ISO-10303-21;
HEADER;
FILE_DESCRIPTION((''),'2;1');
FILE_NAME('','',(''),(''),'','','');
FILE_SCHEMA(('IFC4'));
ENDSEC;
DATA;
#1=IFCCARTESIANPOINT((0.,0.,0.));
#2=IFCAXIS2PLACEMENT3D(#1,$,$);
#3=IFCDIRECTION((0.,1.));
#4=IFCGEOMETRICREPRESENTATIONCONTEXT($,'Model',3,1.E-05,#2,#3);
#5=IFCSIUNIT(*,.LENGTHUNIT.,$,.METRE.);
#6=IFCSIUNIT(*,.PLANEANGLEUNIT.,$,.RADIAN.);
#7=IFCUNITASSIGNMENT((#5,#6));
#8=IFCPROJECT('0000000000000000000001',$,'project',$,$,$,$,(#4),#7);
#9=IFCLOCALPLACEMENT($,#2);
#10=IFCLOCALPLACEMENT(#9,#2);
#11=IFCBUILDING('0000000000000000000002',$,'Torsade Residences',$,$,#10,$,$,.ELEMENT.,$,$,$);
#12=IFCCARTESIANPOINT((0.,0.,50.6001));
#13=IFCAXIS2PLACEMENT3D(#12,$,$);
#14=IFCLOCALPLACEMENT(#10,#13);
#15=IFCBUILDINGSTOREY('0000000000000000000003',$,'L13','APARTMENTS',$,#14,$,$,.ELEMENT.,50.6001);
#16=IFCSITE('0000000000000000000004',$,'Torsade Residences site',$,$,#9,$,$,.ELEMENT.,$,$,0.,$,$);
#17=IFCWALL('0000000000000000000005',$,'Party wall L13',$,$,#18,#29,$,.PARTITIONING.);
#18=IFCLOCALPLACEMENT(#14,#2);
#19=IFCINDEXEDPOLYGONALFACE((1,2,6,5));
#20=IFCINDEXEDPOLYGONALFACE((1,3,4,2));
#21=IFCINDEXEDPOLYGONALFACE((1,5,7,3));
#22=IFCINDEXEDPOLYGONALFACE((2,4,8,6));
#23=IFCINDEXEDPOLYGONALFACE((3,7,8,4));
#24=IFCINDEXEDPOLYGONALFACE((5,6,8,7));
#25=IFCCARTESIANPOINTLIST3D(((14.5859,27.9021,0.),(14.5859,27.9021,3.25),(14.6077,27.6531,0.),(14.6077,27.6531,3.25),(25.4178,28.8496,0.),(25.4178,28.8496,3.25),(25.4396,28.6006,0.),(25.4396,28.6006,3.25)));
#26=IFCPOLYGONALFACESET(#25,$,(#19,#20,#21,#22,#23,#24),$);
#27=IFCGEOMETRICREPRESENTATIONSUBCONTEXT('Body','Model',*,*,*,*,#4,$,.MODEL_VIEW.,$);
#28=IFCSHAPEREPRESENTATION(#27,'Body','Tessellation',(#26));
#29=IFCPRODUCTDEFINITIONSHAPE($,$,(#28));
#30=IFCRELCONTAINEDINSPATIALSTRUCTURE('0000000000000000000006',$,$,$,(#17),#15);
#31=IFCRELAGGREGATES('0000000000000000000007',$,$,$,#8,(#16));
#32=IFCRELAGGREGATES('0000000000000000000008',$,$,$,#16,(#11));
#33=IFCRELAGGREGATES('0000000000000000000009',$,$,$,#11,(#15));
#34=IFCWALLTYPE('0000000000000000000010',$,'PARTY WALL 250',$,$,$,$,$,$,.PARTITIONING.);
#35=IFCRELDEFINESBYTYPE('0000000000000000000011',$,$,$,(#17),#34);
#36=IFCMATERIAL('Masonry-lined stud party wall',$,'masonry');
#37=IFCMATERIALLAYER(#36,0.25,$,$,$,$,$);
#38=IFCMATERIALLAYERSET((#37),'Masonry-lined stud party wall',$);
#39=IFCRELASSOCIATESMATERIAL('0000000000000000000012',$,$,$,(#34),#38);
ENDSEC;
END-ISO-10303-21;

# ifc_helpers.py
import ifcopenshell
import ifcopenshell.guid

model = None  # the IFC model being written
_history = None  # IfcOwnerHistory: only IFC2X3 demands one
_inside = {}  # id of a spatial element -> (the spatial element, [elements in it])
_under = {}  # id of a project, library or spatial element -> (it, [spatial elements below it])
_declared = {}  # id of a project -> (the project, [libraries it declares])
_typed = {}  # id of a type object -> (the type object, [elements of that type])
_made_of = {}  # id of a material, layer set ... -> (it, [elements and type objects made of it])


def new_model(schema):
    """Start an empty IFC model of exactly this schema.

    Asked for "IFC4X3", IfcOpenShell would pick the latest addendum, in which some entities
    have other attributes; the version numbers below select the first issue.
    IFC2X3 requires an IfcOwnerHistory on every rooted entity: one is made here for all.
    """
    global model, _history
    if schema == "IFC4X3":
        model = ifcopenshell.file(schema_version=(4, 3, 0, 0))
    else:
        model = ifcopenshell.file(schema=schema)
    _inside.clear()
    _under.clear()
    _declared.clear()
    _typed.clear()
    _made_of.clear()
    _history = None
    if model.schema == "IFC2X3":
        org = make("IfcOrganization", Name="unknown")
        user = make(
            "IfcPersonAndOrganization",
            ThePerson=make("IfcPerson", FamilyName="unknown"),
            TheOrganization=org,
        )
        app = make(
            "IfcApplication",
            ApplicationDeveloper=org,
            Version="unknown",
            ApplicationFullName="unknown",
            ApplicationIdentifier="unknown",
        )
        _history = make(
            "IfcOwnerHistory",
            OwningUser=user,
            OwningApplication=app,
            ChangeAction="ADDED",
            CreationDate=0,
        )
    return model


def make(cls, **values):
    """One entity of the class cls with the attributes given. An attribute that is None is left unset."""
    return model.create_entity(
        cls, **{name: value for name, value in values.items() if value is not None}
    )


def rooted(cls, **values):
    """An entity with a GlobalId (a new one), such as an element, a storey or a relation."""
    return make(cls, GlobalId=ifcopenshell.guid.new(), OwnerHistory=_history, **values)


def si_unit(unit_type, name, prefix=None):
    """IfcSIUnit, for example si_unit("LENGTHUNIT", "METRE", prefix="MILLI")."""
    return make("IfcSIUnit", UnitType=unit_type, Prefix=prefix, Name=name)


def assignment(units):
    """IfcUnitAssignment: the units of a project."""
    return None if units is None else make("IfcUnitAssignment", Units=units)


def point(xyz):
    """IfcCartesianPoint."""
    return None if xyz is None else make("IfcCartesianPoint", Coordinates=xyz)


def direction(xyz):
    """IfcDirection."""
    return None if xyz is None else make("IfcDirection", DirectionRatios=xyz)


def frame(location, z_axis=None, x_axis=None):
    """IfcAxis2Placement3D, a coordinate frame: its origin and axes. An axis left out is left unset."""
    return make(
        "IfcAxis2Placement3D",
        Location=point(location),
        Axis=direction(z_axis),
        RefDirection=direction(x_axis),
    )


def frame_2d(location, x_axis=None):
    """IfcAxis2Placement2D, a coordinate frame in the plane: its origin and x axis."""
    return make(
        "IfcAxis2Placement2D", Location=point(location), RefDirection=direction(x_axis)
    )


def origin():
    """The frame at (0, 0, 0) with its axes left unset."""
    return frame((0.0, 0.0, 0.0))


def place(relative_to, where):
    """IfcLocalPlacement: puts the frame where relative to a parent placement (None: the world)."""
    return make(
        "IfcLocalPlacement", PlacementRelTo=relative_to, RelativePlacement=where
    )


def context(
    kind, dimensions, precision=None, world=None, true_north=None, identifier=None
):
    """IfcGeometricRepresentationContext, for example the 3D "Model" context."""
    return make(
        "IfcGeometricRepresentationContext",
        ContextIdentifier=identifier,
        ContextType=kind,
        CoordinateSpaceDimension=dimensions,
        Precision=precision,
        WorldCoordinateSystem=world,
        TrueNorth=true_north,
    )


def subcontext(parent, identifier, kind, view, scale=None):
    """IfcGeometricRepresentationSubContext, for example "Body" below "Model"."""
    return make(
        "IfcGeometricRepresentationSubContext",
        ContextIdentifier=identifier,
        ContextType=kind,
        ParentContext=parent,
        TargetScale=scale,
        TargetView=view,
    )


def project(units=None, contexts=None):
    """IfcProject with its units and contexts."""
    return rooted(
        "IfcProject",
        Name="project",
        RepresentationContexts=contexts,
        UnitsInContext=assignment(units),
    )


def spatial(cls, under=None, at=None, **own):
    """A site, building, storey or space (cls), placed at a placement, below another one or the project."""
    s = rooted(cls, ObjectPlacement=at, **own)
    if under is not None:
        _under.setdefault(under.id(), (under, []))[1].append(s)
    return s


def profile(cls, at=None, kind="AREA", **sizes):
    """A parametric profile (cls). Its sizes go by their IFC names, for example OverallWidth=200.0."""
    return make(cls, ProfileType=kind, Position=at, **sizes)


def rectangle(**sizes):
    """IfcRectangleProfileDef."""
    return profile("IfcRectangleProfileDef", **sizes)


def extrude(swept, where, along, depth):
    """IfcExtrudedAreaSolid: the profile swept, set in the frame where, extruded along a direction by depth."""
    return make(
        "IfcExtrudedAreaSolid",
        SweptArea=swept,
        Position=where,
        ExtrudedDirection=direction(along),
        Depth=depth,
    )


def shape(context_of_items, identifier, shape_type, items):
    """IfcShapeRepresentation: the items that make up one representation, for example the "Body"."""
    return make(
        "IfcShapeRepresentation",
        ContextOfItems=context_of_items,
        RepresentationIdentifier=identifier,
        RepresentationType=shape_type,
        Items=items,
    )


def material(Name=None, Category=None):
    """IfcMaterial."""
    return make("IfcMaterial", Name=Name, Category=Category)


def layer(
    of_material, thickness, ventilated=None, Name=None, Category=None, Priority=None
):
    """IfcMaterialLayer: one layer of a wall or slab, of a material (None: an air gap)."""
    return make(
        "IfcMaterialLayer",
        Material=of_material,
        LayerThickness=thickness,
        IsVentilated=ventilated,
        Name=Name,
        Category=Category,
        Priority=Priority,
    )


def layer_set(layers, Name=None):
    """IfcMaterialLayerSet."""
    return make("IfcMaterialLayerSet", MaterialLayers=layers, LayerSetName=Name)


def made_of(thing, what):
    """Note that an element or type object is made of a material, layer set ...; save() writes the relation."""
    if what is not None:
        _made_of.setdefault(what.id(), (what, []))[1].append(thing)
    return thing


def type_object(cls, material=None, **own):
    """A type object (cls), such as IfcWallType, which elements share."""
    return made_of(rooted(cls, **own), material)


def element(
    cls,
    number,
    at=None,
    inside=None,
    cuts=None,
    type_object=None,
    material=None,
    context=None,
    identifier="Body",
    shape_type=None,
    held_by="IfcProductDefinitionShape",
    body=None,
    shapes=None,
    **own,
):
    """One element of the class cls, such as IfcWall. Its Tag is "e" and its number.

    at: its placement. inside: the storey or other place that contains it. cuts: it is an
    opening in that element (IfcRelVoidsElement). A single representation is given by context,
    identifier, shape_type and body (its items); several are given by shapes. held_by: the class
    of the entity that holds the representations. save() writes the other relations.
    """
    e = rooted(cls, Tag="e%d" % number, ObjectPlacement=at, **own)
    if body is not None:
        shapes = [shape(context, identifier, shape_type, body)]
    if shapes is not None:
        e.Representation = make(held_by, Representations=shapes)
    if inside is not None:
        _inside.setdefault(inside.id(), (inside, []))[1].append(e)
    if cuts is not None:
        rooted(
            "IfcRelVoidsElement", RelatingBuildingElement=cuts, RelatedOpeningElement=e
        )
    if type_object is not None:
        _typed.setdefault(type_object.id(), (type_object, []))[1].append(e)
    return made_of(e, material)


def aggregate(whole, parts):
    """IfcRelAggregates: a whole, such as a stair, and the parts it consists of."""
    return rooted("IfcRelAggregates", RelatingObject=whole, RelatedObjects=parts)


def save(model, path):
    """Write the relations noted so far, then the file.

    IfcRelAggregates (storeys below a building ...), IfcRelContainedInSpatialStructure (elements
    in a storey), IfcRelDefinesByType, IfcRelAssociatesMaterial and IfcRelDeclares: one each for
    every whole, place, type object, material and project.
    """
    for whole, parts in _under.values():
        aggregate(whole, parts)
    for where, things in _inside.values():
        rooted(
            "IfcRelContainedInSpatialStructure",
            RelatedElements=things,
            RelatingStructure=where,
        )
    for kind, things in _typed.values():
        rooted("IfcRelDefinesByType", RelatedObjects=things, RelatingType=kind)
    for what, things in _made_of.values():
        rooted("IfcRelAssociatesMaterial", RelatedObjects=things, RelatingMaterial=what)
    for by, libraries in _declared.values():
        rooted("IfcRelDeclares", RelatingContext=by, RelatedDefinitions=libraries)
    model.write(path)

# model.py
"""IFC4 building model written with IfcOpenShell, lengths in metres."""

from ifc_helpers import new_model, si_unit, direction, frame, frame_2d, origin, place, context, subcontext, project, spatial, rectangle, extrude, material, layer, layer_set, type_object, element, save


model = new_model("IFC4")

# Units and contexts
model_context = context("Model", 3, precision=1e-05, world=origin(), true_north=direction((0.0, 1.0)))
body_context = subcontext(model_context, "Body", "Model", "MODEL_VIEW")
ifc_project = project(units=[si_unit("LENGTHUNIT", "METRE"), si_unit("PLANEANGLEUNIT", "RADIAN")], contexts=[model_context])

# Site, building, storey
site_placement = place(None, origin())
site = spatial("IfcSite", under=ifc_project, at=site_placement, Name="Torsade Residences site", CompositionType="ELEMENT", RefElevation=0.0)
building_placement = place(site_placement, origin())
building = spatial("IfcBuilding", under=site, at=building_placement, Name="Torsade Residences", CompositionType="ELEMENT")
storey_placement = place(building_placement, frame((0.0, 0.0, 50.6001)))
storey = spatial("IfcBuildingStorey", under=building, at=storey_placement, Name="L13", Description="APARTMENTS", CompositionType="ELEMENT", Elevation=50.6001)

# Wall
ifc_material_1 = material(Name="Masonry-lined stud party wall", Category="masonry")
ifc_layer_1 = layer(ifc_material_1, 0.25)
ifc_layer_set_1 = layer_set([ifc_layer_1], Name="Masonry-lined stud party wall")
wall_type_1 = type_object("IfcWallType", Name="PARTY WALL 250", PredefinedType="PARTITIONING", material=ifc_layer_set_1)
wall_1_placement = place(storey_placement, frame((14.5969, 27.7776, 0.0), z_axis=(0.0, 0.0, 1.0), x_axis=(0.996196, 0.08714, 0.0)))
element("IfcWall", 1, at=wall_1_placement, inside=storey, type_object=wall_type_1, Name="Party wall L13", PredefinedType="PARTITIONING", context=body_context, shape_type="SweptSolid", body=[
    extrude(rectangle(XDim=10.8733, YDim=0.25, at=frame_2d((5.4365, 0.0))), origin(), (0.0, 0.0, 1.0), 3.25),
])

save(model, "model.ifc")
